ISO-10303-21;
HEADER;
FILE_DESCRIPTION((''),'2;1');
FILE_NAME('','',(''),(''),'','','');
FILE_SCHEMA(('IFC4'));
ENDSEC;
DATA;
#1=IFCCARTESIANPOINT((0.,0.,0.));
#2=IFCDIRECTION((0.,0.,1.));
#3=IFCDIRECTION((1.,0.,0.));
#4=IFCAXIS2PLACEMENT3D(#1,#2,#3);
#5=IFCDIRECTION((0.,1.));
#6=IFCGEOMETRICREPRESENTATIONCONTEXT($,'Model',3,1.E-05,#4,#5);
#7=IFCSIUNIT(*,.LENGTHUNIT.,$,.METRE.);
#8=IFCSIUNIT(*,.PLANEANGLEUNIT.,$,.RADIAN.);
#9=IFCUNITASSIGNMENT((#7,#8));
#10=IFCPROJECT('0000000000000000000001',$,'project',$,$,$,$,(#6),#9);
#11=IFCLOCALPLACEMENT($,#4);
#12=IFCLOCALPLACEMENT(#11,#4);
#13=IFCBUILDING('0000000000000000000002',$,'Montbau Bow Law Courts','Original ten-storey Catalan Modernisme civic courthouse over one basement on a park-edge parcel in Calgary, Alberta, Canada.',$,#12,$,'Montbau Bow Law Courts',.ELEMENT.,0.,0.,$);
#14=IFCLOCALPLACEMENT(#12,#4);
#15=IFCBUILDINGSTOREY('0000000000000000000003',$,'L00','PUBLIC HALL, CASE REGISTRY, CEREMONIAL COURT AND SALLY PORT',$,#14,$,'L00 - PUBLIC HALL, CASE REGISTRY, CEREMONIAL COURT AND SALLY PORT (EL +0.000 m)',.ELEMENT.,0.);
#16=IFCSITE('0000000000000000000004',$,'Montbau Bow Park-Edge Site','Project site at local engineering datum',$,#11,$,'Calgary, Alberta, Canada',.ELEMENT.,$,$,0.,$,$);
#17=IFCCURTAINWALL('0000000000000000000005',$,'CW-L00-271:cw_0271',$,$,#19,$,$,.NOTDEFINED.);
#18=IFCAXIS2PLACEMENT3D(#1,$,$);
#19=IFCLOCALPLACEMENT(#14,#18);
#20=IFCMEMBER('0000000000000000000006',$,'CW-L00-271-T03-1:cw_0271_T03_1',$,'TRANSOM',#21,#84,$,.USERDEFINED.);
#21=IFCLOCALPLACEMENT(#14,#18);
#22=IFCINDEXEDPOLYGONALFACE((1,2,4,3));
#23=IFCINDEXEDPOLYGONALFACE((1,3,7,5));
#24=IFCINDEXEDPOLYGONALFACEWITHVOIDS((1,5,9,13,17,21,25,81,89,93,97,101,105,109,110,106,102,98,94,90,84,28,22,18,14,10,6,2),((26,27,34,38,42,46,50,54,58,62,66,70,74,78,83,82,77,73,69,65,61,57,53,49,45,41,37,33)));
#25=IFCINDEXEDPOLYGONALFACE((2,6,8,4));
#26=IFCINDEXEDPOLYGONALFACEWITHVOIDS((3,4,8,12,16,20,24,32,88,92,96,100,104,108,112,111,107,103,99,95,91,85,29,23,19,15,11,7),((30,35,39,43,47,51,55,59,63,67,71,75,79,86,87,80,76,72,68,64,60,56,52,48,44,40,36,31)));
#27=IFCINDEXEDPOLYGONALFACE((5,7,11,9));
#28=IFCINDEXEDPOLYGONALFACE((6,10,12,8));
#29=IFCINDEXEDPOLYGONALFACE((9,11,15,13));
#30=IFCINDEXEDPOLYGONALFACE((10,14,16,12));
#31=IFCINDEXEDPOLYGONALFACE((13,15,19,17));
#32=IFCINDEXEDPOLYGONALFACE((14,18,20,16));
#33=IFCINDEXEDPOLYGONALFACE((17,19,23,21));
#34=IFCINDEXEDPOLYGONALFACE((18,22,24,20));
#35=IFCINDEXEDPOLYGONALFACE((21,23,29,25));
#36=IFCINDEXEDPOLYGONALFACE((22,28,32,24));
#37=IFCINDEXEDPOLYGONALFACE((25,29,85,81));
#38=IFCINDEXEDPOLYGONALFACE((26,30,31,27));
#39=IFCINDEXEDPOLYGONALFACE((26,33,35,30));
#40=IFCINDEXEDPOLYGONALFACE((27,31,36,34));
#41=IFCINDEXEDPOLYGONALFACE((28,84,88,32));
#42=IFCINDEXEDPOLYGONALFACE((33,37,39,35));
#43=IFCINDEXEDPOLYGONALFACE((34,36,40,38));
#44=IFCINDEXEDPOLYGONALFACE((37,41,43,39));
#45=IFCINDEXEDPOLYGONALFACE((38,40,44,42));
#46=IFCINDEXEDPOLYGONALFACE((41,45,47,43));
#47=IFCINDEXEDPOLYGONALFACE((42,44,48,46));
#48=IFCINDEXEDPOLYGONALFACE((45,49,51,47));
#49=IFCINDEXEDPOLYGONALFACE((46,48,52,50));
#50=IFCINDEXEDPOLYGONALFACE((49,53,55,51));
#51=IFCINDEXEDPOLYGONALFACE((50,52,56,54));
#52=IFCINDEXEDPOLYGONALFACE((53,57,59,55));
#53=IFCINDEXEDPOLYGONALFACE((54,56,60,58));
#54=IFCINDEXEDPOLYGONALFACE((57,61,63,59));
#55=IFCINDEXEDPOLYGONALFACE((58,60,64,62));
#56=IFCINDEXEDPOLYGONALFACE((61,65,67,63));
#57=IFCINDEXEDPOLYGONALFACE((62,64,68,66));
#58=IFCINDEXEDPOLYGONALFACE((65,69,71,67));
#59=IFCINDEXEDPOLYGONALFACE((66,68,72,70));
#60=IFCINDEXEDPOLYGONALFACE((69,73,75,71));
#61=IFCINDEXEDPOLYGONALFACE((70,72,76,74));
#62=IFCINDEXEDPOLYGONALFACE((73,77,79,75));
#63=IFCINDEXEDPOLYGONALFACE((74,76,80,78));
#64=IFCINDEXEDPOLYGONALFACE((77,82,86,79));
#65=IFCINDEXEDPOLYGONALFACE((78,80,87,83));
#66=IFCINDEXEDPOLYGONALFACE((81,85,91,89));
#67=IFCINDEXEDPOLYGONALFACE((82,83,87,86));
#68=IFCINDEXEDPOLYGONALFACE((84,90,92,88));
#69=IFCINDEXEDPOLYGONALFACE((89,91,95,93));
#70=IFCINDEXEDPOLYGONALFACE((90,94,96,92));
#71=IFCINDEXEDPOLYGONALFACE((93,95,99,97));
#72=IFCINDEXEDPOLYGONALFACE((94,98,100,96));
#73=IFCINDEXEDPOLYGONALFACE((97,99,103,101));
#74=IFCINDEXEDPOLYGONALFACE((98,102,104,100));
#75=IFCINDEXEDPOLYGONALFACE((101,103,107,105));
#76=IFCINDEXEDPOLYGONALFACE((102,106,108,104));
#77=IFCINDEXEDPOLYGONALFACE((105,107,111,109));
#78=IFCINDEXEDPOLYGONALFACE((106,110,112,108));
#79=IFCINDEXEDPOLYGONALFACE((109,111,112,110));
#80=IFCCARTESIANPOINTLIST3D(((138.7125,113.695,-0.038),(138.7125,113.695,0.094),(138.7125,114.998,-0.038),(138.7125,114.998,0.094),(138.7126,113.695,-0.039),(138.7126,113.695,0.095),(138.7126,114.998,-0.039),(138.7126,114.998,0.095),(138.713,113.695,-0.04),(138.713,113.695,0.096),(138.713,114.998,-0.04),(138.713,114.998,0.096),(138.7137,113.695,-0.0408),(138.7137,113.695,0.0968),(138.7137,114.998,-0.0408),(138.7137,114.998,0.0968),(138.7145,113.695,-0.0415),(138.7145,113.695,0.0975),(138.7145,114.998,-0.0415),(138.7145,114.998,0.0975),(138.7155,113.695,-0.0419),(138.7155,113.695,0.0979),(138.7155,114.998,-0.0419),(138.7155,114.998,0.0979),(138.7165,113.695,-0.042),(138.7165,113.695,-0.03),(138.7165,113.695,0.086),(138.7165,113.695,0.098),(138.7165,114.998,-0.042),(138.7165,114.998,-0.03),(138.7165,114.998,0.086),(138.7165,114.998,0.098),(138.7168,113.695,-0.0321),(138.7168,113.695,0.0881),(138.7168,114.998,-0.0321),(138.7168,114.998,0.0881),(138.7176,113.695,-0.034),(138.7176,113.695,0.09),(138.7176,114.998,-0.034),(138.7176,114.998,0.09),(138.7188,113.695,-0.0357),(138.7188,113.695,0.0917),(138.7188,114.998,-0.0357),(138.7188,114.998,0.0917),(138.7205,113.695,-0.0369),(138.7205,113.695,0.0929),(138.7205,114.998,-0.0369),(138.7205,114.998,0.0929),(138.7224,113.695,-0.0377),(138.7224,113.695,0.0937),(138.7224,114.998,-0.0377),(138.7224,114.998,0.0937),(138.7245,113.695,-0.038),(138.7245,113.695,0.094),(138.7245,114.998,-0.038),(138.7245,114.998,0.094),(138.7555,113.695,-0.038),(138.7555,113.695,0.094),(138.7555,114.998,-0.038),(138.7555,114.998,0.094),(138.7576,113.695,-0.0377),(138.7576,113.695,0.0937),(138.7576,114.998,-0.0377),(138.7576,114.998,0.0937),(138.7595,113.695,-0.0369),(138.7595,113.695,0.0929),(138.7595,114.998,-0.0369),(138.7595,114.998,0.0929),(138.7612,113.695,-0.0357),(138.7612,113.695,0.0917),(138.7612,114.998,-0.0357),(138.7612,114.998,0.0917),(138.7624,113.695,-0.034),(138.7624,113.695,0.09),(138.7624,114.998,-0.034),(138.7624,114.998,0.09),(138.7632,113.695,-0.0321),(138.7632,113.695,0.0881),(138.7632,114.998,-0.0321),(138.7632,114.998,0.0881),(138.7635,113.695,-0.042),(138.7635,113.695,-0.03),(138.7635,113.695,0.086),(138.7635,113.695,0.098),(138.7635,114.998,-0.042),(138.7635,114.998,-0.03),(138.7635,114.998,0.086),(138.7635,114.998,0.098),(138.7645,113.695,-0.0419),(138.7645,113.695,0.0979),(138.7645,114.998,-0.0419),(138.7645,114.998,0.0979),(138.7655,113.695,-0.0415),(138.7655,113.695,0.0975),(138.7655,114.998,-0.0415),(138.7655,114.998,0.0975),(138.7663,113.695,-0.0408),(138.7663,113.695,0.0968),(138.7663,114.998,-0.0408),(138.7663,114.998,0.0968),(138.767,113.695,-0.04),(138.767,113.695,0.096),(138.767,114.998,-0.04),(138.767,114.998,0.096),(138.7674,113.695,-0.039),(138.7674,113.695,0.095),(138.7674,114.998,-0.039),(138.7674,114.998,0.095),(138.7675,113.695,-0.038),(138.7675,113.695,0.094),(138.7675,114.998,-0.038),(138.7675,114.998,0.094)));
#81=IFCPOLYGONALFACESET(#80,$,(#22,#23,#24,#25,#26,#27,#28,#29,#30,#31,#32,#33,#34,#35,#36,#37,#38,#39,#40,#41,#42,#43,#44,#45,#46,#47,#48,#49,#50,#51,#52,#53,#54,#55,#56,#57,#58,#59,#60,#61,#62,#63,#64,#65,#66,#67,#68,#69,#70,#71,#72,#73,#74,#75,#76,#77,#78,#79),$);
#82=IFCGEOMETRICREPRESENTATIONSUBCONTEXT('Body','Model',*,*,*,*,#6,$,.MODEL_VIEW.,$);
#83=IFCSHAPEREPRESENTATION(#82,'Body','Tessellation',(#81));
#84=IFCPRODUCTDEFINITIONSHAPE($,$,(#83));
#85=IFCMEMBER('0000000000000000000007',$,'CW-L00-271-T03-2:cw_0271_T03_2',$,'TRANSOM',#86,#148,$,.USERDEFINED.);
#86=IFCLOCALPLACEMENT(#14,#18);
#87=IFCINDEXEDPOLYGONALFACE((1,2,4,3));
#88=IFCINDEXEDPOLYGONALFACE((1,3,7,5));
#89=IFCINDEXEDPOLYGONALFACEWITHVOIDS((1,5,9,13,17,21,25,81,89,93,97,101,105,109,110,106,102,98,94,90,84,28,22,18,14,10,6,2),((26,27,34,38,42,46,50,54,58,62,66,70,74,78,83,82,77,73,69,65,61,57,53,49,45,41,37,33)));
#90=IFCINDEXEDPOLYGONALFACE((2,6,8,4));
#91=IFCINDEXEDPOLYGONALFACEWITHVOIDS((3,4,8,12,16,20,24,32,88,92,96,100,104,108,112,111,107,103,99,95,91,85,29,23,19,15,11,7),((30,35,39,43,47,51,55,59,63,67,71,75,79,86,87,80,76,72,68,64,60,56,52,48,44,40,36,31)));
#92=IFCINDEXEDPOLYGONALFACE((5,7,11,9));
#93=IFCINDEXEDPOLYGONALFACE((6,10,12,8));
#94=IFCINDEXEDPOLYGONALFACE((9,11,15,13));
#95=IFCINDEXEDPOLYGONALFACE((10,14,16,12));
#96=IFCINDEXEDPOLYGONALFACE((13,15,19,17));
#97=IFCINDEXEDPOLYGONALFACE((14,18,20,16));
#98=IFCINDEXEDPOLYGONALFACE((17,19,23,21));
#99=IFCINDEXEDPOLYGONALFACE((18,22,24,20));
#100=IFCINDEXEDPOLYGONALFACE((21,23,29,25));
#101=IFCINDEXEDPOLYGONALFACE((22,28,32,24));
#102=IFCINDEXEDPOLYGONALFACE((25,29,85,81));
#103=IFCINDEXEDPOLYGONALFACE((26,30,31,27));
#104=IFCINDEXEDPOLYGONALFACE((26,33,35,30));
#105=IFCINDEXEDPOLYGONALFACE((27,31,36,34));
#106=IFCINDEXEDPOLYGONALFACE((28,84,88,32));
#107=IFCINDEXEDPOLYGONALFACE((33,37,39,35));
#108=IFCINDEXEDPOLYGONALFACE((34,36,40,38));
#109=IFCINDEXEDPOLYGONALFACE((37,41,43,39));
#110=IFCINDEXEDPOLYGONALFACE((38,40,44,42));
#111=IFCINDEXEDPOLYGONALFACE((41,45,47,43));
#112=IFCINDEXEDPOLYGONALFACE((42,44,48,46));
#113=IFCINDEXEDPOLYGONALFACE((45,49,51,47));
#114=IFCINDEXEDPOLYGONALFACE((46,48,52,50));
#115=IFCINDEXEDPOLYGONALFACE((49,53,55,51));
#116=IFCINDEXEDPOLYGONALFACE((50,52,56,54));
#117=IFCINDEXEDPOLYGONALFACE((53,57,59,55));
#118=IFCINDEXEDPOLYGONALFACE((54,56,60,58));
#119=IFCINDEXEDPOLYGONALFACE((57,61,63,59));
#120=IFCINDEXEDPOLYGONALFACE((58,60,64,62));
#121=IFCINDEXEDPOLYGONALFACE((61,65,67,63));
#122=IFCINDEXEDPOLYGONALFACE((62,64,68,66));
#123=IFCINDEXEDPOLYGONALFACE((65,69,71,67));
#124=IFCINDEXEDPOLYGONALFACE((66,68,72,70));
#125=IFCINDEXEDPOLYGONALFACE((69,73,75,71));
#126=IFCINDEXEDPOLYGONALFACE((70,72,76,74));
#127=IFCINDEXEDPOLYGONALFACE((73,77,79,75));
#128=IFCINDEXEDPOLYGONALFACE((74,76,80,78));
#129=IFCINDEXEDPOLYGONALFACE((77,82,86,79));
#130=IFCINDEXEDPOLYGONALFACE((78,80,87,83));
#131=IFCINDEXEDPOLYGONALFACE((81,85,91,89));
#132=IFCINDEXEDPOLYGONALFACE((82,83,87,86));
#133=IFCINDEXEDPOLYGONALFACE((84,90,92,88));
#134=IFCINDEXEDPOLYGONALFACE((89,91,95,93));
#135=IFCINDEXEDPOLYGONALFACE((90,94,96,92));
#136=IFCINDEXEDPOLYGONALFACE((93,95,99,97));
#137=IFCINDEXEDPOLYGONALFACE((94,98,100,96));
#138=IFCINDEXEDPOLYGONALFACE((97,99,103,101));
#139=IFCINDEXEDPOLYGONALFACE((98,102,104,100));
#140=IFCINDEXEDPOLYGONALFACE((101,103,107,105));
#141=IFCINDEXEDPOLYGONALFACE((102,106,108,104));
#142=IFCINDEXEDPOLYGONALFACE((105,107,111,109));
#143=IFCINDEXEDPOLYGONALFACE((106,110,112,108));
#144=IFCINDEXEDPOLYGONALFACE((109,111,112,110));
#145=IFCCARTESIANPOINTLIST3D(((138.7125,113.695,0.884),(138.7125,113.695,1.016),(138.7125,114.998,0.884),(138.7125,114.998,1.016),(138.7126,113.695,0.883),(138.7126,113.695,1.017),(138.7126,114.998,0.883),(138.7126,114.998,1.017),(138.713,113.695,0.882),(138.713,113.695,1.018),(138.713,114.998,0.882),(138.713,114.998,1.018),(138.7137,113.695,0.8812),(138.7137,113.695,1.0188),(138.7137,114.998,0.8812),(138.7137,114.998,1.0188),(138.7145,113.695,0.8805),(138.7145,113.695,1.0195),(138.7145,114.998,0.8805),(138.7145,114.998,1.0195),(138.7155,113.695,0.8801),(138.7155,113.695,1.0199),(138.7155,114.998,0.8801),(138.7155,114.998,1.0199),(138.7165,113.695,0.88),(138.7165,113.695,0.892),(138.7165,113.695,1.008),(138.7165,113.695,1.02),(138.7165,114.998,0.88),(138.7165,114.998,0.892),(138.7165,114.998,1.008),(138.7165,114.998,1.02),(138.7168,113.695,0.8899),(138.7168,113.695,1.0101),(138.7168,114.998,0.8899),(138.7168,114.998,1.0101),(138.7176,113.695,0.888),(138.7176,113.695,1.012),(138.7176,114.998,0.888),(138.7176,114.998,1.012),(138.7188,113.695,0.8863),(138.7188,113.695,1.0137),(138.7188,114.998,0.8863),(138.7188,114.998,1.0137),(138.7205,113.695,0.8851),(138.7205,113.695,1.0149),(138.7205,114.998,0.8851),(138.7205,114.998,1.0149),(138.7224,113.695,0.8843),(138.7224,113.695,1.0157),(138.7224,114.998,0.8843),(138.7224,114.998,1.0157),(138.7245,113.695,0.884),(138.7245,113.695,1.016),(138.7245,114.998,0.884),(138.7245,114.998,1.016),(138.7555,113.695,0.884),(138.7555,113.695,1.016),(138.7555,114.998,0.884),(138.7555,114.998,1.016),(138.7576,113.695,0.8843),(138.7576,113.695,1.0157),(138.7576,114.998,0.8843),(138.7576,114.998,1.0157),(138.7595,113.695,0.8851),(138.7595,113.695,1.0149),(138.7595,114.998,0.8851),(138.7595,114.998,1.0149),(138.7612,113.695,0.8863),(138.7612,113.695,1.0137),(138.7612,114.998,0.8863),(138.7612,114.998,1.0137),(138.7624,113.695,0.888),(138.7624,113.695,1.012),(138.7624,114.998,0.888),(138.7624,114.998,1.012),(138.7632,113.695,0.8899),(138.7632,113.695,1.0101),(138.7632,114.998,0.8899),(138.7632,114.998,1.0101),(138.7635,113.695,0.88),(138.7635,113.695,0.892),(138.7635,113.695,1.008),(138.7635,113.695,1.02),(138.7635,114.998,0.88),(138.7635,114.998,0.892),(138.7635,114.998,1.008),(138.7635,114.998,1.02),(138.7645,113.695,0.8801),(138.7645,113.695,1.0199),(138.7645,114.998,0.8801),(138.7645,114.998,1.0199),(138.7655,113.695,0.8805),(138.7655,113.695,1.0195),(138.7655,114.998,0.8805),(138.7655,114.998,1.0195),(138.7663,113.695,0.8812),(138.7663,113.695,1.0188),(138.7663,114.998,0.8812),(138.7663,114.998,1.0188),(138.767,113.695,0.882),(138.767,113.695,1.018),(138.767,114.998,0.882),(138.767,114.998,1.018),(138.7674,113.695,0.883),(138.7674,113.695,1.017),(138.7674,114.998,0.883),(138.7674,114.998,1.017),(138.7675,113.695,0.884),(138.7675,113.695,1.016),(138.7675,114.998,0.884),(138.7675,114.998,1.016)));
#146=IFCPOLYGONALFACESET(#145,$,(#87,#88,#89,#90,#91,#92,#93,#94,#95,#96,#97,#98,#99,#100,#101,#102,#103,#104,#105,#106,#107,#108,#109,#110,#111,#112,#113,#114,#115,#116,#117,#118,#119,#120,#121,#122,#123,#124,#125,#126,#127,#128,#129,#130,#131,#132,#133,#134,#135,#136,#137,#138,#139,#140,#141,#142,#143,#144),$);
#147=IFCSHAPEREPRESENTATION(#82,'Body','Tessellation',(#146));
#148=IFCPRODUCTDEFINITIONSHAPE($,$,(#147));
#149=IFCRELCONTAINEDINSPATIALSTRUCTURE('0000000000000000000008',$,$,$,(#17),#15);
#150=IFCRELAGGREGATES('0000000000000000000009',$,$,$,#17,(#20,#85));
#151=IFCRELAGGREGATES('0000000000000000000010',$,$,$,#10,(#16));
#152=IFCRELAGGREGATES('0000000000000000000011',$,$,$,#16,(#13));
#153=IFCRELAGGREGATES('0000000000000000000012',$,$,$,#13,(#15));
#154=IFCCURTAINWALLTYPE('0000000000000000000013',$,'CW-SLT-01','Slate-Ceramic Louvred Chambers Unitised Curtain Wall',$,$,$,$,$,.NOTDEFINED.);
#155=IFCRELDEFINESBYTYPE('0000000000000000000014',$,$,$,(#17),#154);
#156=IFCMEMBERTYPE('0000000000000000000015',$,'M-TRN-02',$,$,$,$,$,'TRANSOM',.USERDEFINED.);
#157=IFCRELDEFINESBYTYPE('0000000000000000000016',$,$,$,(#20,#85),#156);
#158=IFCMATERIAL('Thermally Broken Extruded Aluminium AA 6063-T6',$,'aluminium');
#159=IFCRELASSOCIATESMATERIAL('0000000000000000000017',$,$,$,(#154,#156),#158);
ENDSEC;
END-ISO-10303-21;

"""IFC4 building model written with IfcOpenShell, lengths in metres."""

from ifc_helpers import new_model, si_unit, direction, frame, origin_with_axes, origin_2d_with_axis, place, context, subcontext, project, spatial, hollow_rectangle, extrude, material, material_profile, profile_set, type_object, element, aggregate, save


model = new_model("IFC4")

# Units and contexts
model_context = context("Model", 3, precision=1e-05, world=origin_with_axes(), true_north=direction((0.0, 1.0)))
body_context = subcontext(model_context, "Body", "Model", "MODEL_VIEW")
ifc_project = project(units=[si_unit("LENGTHUNIT", "METRE"), si_unit("PLANEANGLEUNIT", "RADIAN")], contexts=[model_context])

# Site, building, storey
site_placement = place(None, origin_with_axes())
site = spatial("IfcSite", under=ifc_project, at=site_placement, Name="Montbau Bow Park-Edge Site", Description="Project site at local engineering datum", LongName="Calgary, Alberta, Canada", CompositionType="ELEMENT", RefElevation=0.0)
building_placement = place(site_placement, origin_with_axes())
building = spatial("IfcBuilding", under=site, at=building_placement, Name="Montbau Bow Law Courts", Description="Original ten-storey Catalan Modernisme civic courthouse over one basement on a park-edge parcel in Calgary, Alberta, Canada.", LongName="Montbau Bow Law Courts", CompositionType="ELEMENT", ElevationOfRefHeight=0.0, ElevationOfTerrain=0.0)
storey_placement = place(building_placement, origin_with_axes())
storey = spatial("IfcBuildingStorey", under=building, at=storey_placement, Name="L00", Description="PUBLIC HALL, CASE REGISTRY, CEREMONIAL COURT AND SALLY PORT", LongName="L00 - PUBLIC HALL, CASE REGISTRY, CEREMONIAL COURT AND SALLY PORT (EL +0.000 m)", CompositionType="ELEMENT", Elevation=0.0)

# Curtain wall, members
ifc_material_1 = material(Name="Thermally Broken Extruded Aluminium AA 6063-T6", Category="aluminium")
curtain_wall_type = type_object("IfcCurtainWallType", Name="CW-SLT-01", Description="Slate-Ceramic Louvred Chambers Unitised Curtain Wall", PredefinedType="NOTDEFINED", material=ifc_material_1)
curtain_wall_placement = place(None, frame((138.74, 110.915, 0.0), z_axis=(0.0, 0.0, 1.0), x_axis=(1.0, 0.0, 0.0)))
curtain_wall = element("IfcCurtainWall", 1, at=curtain_wall_placement, inside=storey, type_object=curtain_wall_type, Name="CW-L00-271:cw_0271", PredefinedType="NOTDEFINED")
ifc_material_profile_1 = material_profile(ifc_material_1, hollow_rectangle(XDim=0.055, YDim=0.14, WallThickness=0.004, InnerFilletRadius=0.008, OuterFilletRadius=0.004, at=origin_2d_with_axis()), Name="CWT-140X55", Category="Main", Priority=0)
ifc_profile_set_1 = profile_set([ifc_material_profile_1], Name="Thermally Broken Extruded Aluminium AA 6063-T6")
member_type_1 = type_object("IfcMemberType", Name="M-TRN-02", ElementType="TRANSOM", PredefinedType="USERDEFINED", material=ifc_profile_set_1)
member_1_placement = place(None, frame((138.74, 113.695, 0.028), z_axis=(0.0, 1.0, 0.0), x_axis=(-1.0, 0.0, 0.0)))
member_1 = element("IfcMember", 2, at=member_1_placement, type_object=member_type_1, Name="CW-L00-271-T03-1:cw_0271_T03_1", ObjectType="TRANSOM", PredefinedType="USERDEFINED", context=body_context, shape_type="SweptSolid", body=[
    extrude(hollow_rectangle(XDim=0.055, YDim=0.14, WallThickness=0.004, InnerFilletRadius=0.008, OuterFilletRadius=0.004, at=origin_2d_with_axis()), origin_with_axes(), (0.0, 0.0, 1.0), 1.303),
])
member_2_placement = place(None, frame((138.74, 113.695, 0.95), z_axis=(0.0, 1.0, 0.0), x_axis=(-1.0, 0.0, 0.0)))
member_2 = element("IfcMember", 3, at=member_2_placement, type_object=member_type_1, Name="CW-L00-271-T03-2:cw_0271_T03_2", ObjectType="TRANSOM", PredefinedType="USERDEFINED", context=body_context, shape_type="SweptSolid", body=[
    extrude(hollow_rectangle(XDim=0.055, YDim=0.14, WallThickness=0.004, InnerFilletRadius=0.008, OuterFilletRadius=0.004, at=origin_2d_with_axis()), origin_with_axes(), (0.0, 0.0, 1.0), 1.303),
])

aggregate(curtain_wall, [member_1, member_2])

save(model, "model.ifc")
